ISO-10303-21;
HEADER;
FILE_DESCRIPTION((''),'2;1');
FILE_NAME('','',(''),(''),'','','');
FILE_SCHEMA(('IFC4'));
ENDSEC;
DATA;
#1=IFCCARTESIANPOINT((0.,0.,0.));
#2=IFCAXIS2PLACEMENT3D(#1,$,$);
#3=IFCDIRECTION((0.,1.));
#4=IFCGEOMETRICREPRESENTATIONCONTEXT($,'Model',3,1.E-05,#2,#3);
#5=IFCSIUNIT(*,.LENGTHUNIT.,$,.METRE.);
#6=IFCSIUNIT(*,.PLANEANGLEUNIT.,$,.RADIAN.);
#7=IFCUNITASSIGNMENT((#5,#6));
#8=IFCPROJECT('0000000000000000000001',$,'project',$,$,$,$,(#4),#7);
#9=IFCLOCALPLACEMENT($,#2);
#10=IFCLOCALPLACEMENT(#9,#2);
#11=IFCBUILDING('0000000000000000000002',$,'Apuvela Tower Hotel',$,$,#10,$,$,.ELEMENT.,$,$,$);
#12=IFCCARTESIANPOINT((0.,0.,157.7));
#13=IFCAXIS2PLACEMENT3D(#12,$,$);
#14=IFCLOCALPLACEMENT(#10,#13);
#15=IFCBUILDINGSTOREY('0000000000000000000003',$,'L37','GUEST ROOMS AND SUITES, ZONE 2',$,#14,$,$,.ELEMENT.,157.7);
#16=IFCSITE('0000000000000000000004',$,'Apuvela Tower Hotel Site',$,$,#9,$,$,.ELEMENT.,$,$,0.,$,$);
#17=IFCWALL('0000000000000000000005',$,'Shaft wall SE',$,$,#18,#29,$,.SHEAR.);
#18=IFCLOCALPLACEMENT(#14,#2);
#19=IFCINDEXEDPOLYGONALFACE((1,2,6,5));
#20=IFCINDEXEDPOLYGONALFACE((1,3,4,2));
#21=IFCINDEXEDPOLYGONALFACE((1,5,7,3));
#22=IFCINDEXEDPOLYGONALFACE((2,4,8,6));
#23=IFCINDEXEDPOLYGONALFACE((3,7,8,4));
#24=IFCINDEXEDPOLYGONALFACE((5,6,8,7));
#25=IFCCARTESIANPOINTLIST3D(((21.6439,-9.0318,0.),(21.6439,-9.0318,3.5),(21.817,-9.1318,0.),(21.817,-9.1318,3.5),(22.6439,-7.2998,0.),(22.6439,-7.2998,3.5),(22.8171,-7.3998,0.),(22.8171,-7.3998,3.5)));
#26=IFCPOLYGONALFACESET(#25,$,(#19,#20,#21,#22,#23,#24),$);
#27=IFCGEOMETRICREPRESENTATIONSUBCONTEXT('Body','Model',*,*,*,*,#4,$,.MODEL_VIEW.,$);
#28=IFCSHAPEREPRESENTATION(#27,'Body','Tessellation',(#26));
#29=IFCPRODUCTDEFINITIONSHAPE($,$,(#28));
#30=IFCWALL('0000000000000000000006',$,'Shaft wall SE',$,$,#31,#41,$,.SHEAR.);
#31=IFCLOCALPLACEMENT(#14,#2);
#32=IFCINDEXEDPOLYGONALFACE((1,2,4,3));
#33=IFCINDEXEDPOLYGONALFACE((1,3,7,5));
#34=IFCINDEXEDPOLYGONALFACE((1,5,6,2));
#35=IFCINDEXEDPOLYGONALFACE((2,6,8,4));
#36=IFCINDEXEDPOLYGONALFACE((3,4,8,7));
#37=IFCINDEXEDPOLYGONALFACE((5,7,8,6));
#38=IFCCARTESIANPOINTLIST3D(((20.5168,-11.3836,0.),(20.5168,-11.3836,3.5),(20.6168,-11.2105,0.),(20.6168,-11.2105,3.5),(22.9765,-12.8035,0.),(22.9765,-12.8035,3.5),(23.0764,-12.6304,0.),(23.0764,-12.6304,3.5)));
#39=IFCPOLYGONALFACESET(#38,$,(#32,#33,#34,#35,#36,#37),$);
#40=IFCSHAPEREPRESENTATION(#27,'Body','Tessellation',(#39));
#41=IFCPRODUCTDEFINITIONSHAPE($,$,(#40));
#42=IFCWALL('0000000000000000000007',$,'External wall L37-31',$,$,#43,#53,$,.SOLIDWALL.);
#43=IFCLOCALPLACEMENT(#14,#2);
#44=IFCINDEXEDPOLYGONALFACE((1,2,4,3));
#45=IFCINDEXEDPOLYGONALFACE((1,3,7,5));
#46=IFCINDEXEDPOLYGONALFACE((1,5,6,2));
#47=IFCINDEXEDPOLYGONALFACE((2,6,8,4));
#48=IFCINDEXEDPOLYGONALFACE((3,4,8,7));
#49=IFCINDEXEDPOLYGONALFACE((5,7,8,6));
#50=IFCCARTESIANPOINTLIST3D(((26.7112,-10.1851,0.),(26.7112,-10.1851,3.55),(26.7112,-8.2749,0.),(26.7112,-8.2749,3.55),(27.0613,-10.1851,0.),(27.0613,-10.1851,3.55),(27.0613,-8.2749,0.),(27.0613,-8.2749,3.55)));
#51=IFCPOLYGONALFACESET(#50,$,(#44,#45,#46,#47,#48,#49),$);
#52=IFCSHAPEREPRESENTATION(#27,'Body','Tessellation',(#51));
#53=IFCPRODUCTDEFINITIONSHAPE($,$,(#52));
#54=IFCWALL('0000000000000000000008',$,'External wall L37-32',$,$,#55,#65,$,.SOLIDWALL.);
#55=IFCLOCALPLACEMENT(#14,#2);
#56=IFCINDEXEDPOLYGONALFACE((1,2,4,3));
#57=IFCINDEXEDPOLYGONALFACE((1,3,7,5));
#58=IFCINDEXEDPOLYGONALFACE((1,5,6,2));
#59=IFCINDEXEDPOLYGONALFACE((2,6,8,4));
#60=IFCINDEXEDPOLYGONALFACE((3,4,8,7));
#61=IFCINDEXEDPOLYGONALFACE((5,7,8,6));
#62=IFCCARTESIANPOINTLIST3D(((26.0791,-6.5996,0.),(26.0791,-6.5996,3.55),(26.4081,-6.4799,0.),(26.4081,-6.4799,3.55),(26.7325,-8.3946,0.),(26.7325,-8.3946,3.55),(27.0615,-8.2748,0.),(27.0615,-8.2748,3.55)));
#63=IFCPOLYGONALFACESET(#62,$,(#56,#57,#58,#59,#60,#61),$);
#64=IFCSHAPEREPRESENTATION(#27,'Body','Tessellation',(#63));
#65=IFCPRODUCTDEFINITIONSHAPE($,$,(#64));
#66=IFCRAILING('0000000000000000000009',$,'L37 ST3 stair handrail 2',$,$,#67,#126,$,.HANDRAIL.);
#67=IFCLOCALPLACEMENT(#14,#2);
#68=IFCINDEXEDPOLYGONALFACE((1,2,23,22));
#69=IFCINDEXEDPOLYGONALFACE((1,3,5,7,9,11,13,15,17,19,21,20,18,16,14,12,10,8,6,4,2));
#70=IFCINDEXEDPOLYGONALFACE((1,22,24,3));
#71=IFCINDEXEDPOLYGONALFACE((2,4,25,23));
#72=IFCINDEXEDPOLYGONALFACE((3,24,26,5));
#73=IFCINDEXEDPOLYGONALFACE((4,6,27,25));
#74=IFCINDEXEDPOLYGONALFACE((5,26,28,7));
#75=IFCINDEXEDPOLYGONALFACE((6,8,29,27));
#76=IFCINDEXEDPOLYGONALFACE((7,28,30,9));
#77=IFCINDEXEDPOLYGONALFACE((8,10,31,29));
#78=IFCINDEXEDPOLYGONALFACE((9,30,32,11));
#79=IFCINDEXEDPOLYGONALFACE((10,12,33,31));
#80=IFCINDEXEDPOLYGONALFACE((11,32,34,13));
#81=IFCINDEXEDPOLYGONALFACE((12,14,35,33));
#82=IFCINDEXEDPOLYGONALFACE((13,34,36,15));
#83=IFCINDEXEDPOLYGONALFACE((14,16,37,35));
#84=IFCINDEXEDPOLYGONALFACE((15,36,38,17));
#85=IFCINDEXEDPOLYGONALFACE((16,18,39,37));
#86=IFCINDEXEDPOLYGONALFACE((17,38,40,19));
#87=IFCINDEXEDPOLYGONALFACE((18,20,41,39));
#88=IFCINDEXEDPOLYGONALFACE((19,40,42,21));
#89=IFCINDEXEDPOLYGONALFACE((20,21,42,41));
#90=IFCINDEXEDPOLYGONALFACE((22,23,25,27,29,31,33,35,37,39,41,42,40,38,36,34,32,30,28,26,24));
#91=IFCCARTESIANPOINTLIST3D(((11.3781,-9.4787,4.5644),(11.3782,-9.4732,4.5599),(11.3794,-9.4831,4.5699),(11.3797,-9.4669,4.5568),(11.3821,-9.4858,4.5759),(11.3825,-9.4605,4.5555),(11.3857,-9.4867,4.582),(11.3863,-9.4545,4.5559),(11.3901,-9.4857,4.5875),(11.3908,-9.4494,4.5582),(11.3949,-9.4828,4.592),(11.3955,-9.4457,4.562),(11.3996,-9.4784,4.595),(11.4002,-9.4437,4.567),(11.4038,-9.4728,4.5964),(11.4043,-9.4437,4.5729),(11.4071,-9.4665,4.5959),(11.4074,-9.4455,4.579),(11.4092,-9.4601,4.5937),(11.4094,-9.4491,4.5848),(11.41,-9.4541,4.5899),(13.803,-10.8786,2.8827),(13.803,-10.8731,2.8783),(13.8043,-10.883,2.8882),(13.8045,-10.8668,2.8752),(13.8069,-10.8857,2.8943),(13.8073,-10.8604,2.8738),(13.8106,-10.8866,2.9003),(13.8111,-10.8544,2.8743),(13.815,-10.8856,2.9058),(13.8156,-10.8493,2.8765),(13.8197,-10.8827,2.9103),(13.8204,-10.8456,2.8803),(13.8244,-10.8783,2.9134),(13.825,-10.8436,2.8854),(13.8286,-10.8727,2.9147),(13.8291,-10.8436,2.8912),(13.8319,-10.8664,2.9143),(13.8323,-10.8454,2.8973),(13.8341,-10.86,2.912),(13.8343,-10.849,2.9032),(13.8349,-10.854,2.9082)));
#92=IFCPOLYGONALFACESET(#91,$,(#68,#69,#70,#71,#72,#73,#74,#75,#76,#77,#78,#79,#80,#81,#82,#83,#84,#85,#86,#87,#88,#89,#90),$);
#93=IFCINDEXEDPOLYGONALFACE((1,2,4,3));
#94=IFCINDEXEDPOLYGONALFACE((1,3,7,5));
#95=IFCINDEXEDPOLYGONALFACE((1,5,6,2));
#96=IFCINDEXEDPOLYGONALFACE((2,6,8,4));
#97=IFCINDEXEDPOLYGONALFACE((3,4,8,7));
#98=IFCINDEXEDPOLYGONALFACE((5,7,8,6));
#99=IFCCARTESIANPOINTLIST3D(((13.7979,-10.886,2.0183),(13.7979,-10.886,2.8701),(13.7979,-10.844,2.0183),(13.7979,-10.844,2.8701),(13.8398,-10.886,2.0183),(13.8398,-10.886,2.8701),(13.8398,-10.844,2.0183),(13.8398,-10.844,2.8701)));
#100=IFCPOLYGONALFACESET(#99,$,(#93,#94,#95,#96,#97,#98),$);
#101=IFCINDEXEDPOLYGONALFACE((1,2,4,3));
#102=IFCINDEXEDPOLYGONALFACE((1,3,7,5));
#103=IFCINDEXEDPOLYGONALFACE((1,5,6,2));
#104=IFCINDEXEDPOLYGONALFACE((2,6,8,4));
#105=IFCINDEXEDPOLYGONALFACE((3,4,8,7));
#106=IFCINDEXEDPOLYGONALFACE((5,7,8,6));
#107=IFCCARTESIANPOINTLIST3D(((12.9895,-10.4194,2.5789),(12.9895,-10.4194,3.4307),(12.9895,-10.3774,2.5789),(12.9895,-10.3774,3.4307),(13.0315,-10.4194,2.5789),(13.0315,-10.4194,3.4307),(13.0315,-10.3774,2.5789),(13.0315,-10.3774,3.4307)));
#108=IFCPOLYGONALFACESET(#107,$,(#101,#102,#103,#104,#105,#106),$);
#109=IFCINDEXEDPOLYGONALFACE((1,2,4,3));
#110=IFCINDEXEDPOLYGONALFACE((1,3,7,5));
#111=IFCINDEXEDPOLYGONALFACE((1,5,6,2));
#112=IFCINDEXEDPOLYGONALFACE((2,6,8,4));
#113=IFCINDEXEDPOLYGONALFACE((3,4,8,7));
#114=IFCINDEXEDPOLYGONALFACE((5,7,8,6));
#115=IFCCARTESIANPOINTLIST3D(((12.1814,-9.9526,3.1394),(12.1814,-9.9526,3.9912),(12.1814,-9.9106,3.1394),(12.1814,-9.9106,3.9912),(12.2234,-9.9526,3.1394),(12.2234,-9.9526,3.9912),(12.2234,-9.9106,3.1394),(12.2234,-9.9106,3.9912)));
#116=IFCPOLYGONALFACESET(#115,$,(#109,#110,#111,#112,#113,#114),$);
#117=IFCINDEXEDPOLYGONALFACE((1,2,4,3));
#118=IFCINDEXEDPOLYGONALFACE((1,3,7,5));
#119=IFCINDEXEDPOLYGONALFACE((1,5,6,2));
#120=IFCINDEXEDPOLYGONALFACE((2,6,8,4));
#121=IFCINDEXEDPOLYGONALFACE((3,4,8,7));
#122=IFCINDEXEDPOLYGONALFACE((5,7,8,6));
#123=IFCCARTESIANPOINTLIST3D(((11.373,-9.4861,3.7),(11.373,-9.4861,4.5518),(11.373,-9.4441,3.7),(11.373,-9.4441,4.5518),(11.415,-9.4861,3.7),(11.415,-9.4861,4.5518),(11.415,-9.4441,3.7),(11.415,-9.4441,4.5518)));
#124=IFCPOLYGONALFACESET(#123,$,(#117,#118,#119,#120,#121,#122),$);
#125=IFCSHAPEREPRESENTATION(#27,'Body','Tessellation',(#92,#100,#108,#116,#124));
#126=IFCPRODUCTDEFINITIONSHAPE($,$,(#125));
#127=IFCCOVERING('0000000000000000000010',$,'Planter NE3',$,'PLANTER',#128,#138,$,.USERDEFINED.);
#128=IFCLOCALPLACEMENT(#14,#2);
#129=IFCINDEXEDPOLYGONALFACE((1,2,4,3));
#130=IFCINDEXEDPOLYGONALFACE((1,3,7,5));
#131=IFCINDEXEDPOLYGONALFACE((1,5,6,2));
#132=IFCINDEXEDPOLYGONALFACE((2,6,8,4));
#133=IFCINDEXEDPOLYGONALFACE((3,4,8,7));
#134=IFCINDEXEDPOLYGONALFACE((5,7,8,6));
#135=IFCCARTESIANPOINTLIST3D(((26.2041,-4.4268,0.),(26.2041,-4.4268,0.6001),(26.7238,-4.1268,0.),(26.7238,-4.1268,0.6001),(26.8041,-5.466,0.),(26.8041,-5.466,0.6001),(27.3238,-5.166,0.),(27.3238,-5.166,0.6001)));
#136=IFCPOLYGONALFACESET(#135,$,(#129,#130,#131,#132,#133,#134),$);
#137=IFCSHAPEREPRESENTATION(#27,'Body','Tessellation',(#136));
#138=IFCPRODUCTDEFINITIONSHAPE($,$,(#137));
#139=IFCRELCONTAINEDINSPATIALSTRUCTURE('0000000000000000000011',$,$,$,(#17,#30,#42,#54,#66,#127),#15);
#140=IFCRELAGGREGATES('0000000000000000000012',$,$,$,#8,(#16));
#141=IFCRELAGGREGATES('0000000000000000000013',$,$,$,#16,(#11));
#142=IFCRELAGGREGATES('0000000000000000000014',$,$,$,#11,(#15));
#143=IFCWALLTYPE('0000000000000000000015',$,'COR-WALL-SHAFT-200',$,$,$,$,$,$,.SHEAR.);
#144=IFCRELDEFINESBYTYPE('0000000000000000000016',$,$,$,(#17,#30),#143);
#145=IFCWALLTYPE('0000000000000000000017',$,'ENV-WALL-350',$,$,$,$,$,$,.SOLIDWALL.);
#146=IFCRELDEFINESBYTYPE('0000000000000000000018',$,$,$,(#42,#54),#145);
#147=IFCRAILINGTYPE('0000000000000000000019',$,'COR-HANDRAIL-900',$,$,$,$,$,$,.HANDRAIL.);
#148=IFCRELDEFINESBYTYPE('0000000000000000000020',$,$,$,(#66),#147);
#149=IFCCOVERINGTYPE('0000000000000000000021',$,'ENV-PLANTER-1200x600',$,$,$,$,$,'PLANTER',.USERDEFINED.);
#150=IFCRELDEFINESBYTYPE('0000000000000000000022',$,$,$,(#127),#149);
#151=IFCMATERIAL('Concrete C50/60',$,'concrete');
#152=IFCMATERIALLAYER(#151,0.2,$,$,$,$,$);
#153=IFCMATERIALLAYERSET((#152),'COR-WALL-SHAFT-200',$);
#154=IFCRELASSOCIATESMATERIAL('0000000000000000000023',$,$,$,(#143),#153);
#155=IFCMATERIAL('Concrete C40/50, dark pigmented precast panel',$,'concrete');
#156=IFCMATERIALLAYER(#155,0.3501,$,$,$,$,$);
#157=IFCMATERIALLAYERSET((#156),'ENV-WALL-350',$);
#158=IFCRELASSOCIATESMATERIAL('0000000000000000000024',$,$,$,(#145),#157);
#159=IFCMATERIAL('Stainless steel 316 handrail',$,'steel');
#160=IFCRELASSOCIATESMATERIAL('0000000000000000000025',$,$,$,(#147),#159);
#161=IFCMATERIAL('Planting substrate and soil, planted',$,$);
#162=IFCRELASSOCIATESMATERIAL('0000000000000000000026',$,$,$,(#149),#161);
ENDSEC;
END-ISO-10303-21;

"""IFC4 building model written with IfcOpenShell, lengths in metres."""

from ifc_helpers import new_model, si_unit, direction, frame, frame_2d, origin, origin_2d, place, context, subcontext, project, spatial, rectangle, circle, extrude, material, layer, layer_set, type_object, element, save


model = new_model("IFC4")

# Units and contexts
model_context = context("Model", 3, precision=1e-05, world=origin(), true_north=direction((0.0, 1.0)))
body_context = subcontext(model_context, "Body", "Model", "MODEL_VIEW")
ifc_project = project(units=[si_unit("LENGTHUNIT", "METRE"), si_unit("PLANEANGLEUNIT", "RADIAN")], contexts=[model_context])

# Site, building, storey
site_placement = place(None, origin())
site = spatial("IfcSite", under=ifc_project, at=site_placement, Name="Apuvela Tower Hotel Site", CompositionType="ELEMENT", RefElevation=0.0)
building_placement = place(site_placement, origin())
building = spatial("IfcBuilding", under=site, at=building_placement, Name="Apuvela Tower Hotel", CompositionType="ELEMENT")
storey_placement = place(building_placement, frame((0.0, 0.0, 157.7)))
storey = spatial("IfcBuildingStorey", under=building, at=storey_placement, Name="L37", Description="GUEST ROOMS AND SUITES, ZONE 2", CompositionType="ELEMENT", Elevation=157.7)

# Walls
ifc_material_1 = material(Name="Concrete C50/60", Category="concrete")
ifc_layer_1 = layer(ifc_material_1, 0.2)
ifc_layer_set_1 = layer_set([ifc_layer_1], Name="COR-WALL-SHAFT-200")
wall_type_1 = type_object("IfcWallType", Name="COR-WALL-SHAFT-200", PredefinedType="SHEAR", material=ifc_layer_set_1)
wall_1_placement = place(storey_placement, frame((21.7305, -9.0818, 0.0), z_axis=(0.0, 0.0, 1.0), x_axis=(0.500025, 0.866011, 0.0)))
element("IfcWall", 1, at=wall_1_placement, inside=storey, type_object=wall_type_1, Name="Shaft wall SE", PredefinedType="SHEAR", context=body_context, shape_type="SweptSolid", body=[
    extrude(rectangle(XDim=2.0, YDim=0.2, at=frame_2d((1.0, 0.0))), origin(), (0.0, 0.0, 1.0), 3.5),
])
wall_2_placement = place(storey_placement, frame((20.5669, -11.2971, 0.0), z_axis=(0.0, 0.0, 1.0), x_axis=(0.866055, -0.499948, 0.0)))
element("IfcWall", 2, at=wall_2_placement, inside=storey, type_object=wall_type_1, Name="Shaft wall SE", PredefinedType="SHEAR", context=body_context, shape_type="SweptSolid", body=[
    extrude(rectangle(XDim=2.8401, YDim=0.2, at=frame_2d((1.4199, 0.0))), origin(), (0.0, 0.0, 1.0), 3.5),
])
ifc_material_2 = material(Name="Concrete C40/50, dark pigmented precast panel", Category="concrete")
ifc_layer_2 = layer(ifc_material_2, 0.3501)
ifc_layer_set_2 = layer_set([ifc_layer_2], Name="ENV-WALL-350")
wall_type_2 = type_object("IfcWallType", Name="ENV-WALL-350", PredefinedType="SOLIDWALL", material=ifc_layer_set_2)
for number, where, z_axis, x_axis, name in (
    (3, (26.8862, -10.1851, 0.0), (0.0, 0.0, 1.0), (0.0, 1.0, 0.0), "External wall L37-31"),
    (4, (26.897, -8.3347, 0.0), (0.0, 0.0, 1.0), (-0.34203, 0.939689, 0.0), "External wall L37-32"),
):
    element("IfcWall", number, at=place(storey_placement, frame(where, z_axis=z_axis, x_axis=x_axis)), inside=storey, type_object=wall_type_2, Name=name, PredefinedType="SOLIDWALL", context=body_context, shape_type="SweptSolid", body=[
        extrude(rectangle(XDim=1.9102, YDim=0.3501, at=frame_2d((0.9551, 0.0))), origin(), (0.0, 0.0, 1.0), 3.55),
    ])

# Railing
ifc_material_3 = material(Name="Stainless steel 316 handrail", Category="steel")
railing_type_1 = type_object("IfcRailingType", Name="COR-HANDRAIL-900", PredefinedType="HANDRAIL", material=ifc_material_3)
railing_1_placement = place(storey_placement, frame((13.8188, -10.865, 2.0183)))
element("IfcRailing", 5, at=railing_1_placement, inside=storey, type_object=railing_type_1, Name="L37 ST3 stair handrail 2", PredefinedType="HANDRAIL", context=body_context, shape_type="SweptSolid", body=[
    extrude(circle(Radius=0.0239, at=origin_2d()), frame((0.0, 0.0, 0.876), z_axis=(-0.742419, 0.428618, 0.514879), x_axis=(-0.499984, -0.866035, 0.0)), (0.0, 0.0, 1.0), 3.2661),
    extrude(rectangle(XDim=0.042, YDim=0.042, at=origin_2d()), origin(), (0.0, 0.0, 1.0), 0.8518),
    extrude(rectangle(XDim=0.042, YDim=0.042, at=origin_2d()), frame((-0.8083, 0.4666, 0.5605)), (0.0, 0.0, 1.0), 0.8518),
    extrude(rectangle(XDim=0.042, YDim=0.042, at=origin_2d()), frame((-1.6165, 0.9333, 1.1211)), (0.0, 0.0, 1.0), 0.8518),
    extrude(rectangle(XDim=0.042, YDim=0.042, at=origin_2d()), frame((-2.4248, 1.3999, 1.6816)), (0.0, 0.0, 1.0), 0.8518),
])

# Covering
ifc_material_4 = material(Name="Planting substrate and soil, planted")
covering_type = type_object("IfcCoveringType", Name="ENV-PLANTER-1200x600", ElementType="PLANTER", PredefinedType="USERDEFINED", material=ifc_material_4)
covering_placement = place(storey_placement, frame((26.7639, -4.7964, 0.0), z_axis=(0.0, 0.0, 1.0), x_axis=(-0.5, 0.866025, 0.0)))
element("IfcCovering", 6, at=covering_placement, inside=storey, type_object=covering_type, Name="Planter NE3", ObjectType="PLANTER", PredefinedType="USERDEFINED", context=body_context, shape_type="SweptSolid", body=[
    extrude(rectangle(XDim=1.2, YDim=0.6001, at=origin_2d()), origin(), (0.0, 0.0, 1.0), 0.6001),
])

save(model, "model.ifc")
